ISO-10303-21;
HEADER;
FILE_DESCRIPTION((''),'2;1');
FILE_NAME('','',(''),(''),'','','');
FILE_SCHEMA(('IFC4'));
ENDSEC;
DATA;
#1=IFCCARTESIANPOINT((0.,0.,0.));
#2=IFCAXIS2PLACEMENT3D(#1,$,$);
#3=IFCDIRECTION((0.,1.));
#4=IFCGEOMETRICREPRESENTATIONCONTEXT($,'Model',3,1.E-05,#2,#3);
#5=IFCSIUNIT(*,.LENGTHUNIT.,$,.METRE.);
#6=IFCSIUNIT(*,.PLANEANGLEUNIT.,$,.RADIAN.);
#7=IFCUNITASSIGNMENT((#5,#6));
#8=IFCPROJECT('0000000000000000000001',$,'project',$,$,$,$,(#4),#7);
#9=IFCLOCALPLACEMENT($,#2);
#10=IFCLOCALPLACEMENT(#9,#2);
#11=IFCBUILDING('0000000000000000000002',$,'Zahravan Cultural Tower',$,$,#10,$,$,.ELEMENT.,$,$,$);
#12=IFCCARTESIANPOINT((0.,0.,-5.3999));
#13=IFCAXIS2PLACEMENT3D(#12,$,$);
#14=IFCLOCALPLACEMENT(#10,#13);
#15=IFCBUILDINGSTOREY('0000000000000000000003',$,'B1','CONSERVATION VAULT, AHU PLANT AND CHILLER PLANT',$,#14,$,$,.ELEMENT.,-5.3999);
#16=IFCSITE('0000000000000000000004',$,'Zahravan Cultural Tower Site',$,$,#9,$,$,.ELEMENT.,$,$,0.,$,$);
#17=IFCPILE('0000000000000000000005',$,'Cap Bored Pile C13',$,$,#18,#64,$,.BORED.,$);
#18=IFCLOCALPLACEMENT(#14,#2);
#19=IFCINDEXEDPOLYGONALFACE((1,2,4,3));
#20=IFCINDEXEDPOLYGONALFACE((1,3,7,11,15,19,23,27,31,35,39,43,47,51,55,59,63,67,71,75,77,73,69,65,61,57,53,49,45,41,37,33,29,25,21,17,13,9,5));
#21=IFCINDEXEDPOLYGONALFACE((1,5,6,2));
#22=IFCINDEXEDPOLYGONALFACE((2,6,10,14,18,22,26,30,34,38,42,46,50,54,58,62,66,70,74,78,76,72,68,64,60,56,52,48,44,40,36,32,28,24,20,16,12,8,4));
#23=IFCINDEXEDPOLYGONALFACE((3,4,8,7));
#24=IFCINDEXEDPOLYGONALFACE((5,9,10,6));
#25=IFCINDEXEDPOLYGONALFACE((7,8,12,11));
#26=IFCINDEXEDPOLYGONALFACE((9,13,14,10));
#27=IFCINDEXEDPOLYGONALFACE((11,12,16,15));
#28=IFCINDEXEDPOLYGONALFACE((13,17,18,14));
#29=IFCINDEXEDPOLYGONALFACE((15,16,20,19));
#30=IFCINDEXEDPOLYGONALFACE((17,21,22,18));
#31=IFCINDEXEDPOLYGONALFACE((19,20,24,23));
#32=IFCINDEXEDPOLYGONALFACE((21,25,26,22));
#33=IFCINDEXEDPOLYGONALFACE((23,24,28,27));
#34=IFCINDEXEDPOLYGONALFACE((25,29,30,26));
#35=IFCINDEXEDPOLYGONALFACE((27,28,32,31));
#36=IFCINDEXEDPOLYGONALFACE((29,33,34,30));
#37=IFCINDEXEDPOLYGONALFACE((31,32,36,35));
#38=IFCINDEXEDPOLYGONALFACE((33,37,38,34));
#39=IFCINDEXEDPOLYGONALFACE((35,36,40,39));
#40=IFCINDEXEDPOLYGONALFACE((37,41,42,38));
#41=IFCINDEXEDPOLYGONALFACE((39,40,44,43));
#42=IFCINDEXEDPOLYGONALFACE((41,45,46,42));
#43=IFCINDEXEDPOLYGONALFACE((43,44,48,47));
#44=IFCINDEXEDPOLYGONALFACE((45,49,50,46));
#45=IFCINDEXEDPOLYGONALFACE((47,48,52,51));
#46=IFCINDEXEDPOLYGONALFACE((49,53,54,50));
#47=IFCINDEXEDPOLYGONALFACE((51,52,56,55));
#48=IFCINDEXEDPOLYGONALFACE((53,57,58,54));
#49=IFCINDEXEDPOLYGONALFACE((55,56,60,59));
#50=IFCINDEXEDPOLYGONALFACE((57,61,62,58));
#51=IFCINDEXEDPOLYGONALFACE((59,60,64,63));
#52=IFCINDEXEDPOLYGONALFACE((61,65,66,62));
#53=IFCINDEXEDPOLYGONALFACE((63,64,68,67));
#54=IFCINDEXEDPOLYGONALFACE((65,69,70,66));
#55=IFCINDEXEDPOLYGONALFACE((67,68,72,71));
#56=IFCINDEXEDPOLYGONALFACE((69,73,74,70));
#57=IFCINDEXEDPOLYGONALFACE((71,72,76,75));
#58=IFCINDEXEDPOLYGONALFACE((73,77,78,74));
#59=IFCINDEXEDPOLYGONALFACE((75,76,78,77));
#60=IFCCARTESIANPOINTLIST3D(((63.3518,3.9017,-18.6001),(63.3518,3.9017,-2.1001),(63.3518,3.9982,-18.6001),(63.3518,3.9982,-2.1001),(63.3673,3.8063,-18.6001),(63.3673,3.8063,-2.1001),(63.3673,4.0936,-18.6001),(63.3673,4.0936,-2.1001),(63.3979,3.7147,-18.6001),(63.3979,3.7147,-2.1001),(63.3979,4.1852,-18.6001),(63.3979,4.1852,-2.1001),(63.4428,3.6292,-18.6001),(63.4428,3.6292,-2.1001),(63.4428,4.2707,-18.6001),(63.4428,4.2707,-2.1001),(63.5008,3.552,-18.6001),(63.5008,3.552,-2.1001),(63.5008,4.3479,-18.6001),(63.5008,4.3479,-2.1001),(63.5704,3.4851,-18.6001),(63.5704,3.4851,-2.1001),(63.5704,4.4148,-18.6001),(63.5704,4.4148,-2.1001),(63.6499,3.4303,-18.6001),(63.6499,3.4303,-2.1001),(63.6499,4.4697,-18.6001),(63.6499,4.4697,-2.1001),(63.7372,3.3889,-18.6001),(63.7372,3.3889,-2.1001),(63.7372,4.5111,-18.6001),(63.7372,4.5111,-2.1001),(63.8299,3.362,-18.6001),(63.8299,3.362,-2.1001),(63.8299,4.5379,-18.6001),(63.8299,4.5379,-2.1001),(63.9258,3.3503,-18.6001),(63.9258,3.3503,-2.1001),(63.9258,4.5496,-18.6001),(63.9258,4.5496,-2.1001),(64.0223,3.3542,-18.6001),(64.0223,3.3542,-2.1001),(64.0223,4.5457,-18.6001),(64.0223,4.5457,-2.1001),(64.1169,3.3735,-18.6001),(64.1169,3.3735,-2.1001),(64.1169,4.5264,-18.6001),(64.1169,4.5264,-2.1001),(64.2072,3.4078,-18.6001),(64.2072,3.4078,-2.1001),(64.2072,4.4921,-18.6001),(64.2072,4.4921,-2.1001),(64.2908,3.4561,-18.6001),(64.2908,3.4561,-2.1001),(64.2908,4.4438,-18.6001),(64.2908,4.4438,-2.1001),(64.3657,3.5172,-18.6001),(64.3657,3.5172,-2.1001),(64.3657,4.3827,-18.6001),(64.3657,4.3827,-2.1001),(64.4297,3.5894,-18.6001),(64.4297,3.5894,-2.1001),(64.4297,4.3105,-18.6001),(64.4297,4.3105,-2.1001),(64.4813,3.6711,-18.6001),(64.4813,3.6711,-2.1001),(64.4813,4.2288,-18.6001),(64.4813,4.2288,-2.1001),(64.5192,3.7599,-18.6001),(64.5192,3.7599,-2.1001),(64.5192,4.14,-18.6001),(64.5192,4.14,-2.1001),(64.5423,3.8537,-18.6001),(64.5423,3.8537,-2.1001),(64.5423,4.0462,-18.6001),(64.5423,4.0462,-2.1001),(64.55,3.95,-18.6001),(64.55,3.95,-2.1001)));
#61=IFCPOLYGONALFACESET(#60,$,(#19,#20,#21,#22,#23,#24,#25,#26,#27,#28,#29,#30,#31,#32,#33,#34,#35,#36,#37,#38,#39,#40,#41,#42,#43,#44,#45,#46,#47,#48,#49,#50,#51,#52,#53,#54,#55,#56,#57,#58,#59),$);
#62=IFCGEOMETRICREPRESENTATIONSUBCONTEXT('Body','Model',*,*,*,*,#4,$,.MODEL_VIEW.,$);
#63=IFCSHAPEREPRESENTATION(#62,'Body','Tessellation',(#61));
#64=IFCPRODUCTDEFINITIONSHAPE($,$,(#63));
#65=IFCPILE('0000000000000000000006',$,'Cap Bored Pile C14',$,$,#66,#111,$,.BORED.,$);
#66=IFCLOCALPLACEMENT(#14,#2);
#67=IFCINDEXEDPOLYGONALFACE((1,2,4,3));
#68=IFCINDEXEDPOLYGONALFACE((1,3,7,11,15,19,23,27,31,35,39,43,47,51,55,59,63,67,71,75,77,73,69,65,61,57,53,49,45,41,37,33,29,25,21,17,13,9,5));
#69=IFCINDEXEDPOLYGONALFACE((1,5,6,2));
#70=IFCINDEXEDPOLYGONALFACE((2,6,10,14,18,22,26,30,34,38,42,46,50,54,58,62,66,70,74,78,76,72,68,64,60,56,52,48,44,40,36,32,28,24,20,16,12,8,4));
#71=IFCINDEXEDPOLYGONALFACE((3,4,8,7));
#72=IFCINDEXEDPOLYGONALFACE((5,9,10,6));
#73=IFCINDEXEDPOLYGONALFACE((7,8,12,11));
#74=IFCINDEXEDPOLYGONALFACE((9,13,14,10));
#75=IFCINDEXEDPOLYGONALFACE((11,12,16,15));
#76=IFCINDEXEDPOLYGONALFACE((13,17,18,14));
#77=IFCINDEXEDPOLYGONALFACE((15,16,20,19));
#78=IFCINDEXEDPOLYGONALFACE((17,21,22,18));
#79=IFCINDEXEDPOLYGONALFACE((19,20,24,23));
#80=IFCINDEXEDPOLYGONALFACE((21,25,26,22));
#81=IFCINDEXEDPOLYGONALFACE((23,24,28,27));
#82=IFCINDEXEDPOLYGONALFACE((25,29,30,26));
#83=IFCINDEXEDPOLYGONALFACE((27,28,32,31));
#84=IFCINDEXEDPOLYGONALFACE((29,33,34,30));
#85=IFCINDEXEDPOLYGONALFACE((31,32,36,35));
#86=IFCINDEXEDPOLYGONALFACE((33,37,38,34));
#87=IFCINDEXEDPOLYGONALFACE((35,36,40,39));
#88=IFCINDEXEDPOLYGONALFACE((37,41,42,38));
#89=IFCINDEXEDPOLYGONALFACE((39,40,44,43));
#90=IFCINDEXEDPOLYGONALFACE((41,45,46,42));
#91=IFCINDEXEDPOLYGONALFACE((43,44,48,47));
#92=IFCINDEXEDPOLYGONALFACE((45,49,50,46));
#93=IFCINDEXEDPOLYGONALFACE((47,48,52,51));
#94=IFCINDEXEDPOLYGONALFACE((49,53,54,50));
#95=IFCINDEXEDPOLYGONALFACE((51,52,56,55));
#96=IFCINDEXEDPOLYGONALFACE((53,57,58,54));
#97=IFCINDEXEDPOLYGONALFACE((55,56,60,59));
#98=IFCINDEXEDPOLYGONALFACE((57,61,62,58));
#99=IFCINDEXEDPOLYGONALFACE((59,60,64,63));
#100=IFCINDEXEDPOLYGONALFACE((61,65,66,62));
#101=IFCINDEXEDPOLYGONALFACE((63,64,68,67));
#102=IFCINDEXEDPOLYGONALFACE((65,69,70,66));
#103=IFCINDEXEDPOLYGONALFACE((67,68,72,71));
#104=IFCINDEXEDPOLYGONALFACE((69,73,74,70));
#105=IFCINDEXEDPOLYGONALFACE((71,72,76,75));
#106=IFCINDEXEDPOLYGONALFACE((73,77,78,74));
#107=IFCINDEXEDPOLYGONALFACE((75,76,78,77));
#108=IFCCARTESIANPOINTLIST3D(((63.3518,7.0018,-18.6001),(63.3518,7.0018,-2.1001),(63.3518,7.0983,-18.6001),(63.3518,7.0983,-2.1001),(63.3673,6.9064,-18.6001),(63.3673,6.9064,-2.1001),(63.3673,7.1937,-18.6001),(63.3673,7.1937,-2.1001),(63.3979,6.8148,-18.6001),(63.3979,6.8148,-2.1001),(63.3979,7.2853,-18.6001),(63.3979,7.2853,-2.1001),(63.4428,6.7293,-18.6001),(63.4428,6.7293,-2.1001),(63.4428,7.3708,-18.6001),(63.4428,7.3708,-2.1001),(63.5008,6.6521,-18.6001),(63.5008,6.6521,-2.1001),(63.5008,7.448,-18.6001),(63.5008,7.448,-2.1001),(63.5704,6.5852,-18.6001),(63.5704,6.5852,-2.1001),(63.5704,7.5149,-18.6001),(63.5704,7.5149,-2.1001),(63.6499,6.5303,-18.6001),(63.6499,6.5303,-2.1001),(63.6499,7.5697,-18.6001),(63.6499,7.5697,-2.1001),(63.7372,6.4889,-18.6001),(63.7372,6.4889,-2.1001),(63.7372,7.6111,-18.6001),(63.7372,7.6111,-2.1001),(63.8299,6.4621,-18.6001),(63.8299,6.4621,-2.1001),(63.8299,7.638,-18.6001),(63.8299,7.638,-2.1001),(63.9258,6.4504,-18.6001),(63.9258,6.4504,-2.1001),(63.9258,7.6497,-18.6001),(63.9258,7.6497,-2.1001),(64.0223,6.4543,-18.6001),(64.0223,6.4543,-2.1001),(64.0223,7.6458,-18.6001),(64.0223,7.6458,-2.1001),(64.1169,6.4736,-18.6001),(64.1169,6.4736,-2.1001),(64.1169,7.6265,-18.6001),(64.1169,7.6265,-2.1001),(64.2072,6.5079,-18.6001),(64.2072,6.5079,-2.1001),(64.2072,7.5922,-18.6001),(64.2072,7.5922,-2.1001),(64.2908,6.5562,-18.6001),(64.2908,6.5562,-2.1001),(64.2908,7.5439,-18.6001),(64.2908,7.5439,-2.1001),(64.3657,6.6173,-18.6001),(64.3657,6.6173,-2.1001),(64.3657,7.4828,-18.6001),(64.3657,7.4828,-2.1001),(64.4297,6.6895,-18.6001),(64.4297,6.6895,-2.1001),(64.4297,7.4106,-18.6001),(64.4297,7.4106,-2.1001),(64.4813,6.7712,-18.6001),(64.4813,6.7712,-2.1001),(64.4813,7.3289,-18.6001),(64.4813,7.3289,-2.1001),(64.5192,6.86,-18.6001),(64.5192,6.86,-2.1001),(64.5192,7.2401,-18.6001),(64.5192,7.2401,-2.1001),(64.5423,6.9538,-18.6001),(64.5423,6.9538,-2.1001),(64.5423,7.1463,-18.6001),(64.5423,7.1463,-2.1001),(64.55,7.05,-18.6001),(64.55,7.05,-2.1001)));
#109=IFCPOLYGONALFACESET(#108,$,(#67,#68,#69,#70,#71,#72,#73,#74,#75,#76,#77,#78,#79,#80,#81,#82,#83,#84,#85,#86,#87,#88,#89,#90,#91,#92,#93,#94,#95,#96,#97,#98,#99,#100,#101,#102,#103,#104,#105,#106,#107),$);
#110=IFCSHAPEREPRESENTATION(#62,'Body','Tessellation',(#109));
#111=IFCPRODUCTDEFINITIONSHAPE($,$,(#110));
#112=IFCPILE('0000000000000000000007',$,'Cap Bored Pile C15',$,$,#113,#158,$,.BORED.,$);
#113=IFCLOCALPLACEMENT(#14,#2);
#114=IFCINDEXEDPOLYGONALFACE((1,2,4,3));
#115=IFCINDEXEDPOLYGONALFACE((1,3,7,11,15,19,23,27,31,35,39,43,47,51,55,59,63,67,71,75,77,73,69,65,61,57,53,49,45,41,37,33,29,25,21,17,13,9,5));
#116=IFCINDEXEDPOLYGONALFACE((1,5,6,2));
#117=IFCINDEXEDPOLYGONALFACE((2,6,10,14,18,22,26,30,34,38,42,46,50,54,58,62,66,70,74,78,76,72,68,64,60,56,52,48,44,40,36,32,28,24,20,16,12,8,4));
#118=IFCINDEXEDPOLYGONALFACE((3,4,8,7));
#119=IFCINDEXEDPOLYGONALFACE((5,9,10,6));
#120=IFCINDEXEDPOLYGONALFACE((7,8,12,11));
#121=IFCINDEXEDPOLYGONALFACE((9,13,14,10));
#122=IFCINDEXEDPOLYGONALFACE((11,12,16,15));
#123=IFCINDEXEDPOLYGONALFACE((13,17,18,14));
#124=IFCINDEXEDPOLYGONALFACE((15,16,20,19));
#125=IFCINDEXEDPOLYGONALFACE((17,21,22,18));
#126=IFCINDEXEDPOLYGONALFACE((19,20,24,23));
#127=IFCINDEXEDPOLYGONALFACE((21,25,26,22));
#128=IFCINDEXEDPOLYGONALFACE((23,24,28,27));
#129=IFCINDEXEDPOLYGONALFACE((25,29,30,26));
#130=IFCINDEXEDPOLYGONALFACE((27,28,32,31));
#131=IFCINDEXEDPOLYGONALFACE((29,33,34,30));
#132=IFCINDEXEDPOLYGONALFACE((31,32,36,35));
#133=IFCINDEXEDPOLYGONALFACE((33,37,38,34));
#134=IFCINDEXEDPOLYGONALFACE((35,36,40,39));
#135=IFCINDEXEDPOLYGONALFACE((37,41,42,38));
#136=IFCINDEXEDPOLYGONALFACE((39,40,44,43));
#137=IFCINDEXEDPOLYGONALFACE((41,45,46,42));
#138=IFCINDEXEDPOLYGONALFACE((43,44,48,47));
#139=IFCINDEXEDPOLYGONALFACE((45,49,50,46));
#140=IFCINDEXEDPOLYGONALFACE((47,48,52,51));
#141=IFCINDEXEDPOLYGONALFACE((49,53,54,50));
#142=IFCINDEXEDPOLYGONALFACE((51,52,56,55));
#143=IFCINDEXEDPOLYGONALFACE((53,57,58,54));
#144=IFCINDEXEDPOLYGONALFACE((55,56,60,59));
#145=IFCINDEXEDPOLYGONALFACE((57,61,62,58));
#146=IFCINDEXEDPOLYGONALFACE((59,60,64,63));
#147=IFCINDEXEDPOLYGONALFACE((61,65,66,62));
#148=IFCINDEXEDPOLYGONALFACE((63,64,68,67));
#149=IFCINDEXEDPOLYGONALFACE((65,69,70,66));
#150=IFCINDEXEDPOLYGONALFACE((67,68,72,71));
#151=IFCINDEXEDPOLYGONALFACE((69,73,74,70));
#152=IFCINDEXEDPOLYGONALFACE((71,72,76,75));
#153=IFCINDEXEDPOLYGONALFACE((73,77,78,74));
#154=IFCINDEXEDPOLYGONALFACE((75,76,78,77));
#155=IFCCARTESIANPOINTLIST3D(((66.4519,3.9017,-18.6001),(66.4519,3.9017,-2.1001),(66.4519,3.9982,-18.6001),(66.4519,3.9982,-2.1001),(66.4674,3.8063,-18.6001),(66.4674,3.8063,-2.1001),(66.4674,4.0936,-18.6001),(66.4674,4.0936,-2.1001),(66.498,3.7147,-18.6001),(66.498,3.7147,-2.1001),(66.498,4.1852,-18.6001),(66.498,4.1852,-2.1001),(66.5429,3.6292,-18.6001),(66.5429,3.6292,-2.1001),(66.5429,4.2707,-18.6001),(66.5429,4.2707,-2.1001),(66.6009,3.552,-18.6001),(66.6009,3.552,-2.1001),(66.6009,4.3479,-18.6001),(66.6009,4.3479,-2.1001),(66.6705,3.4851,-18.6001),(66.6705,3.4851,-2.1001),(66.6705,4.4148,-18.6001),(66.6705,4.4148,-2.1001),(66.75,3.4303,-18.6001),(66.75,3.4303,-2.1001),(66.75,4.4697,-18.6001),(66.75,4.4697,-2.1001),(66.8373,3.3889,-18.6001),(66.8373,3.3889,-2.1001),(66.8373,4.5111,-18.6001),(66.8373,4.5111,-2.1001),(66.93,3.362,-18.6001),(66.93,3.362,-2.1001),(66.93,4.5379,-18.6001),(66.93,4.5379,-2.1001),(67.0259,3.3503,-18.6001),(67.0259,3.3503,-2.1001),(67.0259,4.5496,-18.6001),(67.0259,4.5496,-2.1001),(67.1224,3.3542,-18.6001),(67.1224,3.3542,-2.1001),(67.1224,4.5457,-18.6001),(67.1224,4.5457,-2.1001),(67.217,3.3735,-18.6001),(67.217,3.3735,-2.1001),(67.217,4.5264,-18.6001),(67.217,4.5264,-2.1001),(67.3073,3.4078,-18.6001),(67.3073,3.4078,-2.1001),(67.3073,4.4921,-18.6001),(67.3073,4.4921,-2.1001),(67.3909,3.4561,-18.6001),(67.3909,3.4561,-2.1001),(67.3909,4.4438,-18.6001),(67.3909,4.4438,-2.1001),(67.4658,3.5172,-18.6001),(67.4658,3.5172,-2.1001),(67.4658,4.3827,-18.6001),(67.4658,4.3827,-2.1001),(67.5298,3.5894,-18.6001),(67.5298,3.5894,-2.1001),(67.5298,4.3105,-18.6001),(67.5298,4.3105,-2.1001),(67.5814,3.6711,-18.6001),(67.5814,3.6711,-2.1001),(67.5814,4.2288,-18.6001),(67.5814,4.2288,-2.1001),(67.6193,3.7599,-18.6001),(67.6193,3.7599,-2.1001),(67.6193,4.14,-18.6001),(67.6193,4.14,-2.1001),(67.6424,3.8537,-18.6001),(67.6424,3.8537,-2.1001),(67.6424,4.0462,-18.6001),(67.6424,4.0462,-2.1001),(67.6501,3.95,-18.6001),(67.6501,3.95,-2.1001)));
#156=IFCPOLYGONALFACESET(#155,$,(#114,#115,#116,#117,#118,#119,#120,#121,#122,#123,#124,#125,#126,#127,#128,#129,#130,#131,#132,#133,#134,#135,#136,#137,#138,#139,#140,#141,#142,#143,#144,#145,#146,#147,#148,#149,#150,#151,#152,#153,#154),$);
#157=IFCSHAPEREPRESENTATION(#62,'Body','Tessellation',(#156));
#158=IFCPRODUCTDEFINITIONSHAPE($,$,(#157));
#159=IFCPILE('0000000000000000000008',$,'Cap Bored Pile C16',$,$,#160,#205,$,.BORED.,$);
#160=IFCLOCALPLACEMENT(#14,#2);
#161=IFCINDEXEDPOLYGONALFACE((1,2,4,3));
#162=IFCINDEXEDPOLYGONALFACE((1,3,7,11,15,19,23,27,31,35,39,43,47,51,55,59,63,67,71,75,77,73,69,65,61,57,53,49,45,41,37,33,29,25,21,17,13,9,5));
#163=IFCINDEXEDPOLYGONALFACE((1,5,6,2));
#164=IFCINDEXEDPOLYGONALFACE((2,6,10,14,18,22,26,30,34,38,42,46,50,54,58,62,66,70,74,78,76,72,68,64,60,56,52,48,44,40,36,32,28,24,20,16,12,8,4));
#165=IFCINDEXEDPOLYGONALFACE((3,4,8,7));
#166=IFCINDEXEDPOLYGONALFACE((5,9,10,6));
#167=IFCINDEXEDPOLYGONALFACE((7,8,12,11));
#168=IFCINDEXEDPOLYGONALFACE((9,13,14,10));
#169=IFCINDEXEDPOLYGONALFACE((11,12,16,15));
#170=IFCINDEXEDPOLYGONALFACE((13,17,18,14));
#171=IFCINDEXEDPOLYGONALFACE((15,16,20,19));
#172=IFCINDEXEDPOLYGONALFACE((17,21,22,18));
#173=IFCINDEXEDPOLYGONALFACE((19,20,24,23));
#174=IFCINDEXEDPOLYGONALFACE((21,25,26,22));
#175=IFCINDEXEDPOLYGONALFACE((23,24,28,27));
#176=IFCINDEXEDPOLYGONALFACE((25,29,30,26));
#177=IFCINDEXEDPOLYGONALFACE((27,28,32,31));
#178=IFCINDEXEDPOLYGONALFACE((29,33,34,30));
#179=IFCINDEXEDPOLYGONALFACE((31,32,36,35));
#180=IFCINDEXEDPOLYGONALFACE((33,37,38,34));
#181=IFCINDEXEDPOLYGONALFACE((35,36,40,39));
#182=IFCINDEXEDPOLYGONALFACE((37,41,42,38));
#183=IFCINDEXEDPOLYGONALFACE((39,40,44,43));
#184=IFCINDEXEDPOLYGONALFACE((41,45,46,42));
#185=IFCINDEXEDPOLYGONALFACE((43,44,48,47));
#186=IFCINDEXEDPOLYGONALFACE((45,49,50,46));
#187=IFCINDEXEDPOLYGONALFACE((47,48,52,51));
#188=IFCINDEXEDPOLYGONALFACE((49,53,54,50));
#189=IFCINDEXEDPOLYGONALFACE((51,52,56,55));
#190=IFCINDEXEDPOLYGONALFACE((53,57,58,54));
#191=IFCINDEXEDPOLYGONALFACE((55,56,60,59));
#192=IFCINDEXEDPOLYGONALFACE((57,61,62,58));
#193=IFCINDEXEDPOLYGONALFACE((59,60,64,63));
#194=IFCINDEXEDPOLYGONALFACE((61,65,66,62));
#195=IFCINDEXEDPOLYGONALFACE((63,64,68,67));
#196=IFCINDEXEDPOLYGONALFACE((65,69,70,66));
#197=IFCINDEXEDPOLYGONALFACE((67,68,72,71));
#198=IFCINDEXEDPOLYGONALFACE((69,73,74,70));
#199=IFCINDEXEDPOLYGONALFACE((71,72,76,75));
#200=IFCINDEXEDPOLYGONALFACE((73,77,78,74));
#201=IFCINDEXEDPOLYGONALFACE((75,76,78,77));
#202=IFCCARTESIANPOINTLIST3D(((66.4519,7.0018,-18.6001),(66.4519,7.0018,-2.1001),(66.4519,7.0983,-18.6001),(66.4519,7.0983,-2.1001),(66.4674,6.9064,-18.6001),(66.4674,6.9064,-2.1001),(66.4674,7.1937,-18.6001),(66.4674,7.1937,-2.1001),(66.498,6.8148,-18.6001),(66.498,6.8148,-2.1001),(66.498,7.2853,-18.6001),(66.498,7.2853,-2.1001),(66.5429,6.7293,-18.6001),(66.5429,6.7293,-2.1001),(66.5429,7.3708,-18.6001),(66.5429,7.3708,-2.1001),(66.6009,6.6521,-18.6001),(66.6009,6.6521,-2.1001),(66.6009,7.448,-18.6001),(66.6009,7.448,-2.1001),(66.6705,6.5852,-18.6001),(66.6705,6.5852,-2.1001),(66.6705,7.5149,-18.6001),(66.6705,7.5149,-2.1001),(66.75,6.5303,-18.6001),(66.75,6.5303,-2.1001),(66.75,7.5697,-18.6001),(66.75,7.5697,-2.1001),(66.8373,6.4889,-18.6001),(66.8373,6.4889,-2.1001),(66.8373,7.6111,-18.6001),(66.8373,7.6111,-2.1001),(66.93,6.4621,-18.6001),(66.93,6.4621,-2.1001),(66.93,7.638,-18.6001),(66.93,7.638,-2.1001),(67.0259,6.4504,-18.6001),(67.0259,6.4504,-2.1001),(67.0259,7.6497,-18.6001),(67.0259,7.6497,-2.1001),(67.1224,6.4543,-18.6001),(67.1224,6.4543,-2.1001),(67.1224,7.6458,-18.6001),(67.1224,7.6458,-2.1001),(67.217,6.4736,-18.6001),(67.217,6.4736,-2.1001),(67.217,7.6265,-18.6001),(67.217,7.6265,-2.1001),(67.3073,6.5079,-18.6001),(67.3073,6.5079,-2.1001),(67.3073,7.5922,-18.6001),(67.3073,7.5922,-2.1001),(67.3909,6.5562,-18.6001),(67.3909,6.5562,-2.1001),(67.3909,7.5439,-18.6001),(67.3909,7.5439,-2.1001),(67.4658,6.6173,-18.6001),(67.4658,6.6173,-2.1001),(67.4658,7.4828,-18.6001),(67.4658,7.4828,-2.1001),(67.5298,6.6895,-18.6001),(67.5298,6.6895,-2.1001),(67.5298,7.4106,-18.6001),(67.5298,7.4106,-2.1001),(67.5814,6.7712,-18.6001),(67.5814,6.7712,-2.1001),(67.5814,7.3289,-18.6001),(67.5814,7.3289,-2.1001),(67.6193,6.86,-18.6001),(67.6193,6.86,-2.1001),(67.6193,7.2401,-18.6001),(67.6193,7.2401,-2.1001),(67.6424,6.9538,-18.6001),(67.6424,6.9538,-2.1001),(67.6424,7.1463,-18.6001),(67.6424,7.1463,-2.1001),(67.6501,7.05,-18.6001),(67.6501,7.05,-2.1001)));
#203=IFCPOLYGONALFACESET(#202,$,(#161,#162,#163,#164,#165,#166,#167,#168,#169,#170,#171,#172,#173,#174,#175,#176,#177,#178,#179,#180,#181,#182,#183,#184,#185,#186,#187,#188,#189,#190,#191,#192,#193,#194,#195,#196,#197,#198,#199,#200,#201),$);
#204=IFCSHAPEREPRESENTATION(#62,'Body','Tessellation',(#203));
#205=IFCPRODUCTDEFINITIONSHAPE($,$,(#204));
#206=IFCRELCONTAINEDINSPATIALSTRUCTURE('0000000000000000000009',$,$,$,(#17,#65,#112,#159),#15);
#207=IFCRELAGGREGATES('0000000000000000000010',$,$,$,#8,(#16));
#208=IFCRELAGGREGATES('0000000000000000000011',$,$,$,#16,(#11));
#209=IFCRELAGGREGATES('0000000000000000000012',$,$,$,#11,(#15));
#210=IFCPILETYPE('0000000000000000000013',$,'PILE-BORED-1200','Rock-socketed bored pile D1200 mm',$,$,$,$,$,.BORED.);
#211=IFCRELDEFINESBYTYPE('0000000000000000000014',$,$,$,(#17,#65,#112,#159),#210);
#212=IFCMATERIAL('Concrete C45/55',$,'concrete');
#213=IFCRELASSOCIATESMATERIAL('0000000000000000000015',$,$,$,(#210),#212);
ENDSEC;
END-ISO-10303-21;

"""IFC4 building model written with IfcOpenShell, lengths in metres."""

from ifc_helpers import new_model, si_unit, direction, frame, origin, origin_2d, place, context, subcontext, project, spatial, circle, extrude, material, material_profile, profile_set, type_object, element, save


model = new_model("IFC4")

# Units and contexts
model_context = context("Model", 3, precision=1e-05, world=origin(), true_north=direction((0.0, 1.0)))
body_context = subcontext(model_context, "Body", "Model", "MODEL_VIEW")
ifc_project = project(units=[si_unit("LENGTHUNIT", "METRE"), si_unit("PLANEANGLEUNIT", "RADIAN")], contexts=[model_context])

# Site, building, storey
site_placement = place(None, origin())
site = spatial("IfcSite", under=ifc_project, at=site_placement, Name="Zahravan Cultural Tower Site", CompositionType="ELEMENT", RefElevation=0.0)
building_placement = place(site_placement, origin())
building = spatial("IfcBuilding", under=site, at=building_placement, Name="Zahravan Cultural Tower", CompositionType="ELEMENT")
storey_placement = place(building_placement, frame((0.0, 0.0, -5.3999)))
storey = spatial("IfcBuildingStorey", under=building, at=storey_placement, Name="B1", Description="CONSERVATION VAULT, AHU PLANT AND CHILLER PLANT", CompositionType="ELEMENT", Elevation=-5.3999)

# Piles
ifc_material_1 = material(Name="Concrete C45/55", Category="concrete")
ifc_material_profile_1 = material_profile(ifc_material_1, circle(Radius=0.6001, at=origin_2d()), Name="PILE-D1200")
ifc_profile_set_1 = profile_set([ifc_material_profile_1], Name="Concrete C45/55")
pile_type_1 = type_object("IfcPileType", Name="PILE-BORED-1200", Description="Rock-socketed bored pile D1200 mm", PredefinedType="BORED", material=ifc_profile_set_1)
for number, where, z_axis, x_axis, name in (
    (1, (63.95, 3.95, -2.1001), (0.0, 0.0, -1.0), (1.0, 0.0, 0.0), "Cap Bored Pile C13"),
    (2, (63.95, 7.05, -2.1001), (0.0, 0.0, -1.0), (1.0, 0.0, 0.0), "Cap Bored Pile C14"),
    (3, (67.05, 3.95, -2.1001), (0.0, 0.0, -1.0), (1.0, 0.0, 0.0), "Cap Bored Pile C15"),
    (4, (67.05, 7.05, -2.1001), (0.0, 0.0, -1.0), (1.0, 0.0, 0.0), "Cap Bored Pile C16"),
):
    element("IfcPile", number, at=place(storey_placement, frame(where, z_axis=z_axis, x_axis=x_axis)), inside=storey, type_object=pile_type_1, Name=name, PredefinedType="BORED", context=body_context, shape_type="SweptSolid", body=[
        extrude(circle(Radius=0.6001, at=origin_2d()), origin(), (0.0, 0.0, 1.0), 16.5),
    ])

save(model, "model.ifc")
